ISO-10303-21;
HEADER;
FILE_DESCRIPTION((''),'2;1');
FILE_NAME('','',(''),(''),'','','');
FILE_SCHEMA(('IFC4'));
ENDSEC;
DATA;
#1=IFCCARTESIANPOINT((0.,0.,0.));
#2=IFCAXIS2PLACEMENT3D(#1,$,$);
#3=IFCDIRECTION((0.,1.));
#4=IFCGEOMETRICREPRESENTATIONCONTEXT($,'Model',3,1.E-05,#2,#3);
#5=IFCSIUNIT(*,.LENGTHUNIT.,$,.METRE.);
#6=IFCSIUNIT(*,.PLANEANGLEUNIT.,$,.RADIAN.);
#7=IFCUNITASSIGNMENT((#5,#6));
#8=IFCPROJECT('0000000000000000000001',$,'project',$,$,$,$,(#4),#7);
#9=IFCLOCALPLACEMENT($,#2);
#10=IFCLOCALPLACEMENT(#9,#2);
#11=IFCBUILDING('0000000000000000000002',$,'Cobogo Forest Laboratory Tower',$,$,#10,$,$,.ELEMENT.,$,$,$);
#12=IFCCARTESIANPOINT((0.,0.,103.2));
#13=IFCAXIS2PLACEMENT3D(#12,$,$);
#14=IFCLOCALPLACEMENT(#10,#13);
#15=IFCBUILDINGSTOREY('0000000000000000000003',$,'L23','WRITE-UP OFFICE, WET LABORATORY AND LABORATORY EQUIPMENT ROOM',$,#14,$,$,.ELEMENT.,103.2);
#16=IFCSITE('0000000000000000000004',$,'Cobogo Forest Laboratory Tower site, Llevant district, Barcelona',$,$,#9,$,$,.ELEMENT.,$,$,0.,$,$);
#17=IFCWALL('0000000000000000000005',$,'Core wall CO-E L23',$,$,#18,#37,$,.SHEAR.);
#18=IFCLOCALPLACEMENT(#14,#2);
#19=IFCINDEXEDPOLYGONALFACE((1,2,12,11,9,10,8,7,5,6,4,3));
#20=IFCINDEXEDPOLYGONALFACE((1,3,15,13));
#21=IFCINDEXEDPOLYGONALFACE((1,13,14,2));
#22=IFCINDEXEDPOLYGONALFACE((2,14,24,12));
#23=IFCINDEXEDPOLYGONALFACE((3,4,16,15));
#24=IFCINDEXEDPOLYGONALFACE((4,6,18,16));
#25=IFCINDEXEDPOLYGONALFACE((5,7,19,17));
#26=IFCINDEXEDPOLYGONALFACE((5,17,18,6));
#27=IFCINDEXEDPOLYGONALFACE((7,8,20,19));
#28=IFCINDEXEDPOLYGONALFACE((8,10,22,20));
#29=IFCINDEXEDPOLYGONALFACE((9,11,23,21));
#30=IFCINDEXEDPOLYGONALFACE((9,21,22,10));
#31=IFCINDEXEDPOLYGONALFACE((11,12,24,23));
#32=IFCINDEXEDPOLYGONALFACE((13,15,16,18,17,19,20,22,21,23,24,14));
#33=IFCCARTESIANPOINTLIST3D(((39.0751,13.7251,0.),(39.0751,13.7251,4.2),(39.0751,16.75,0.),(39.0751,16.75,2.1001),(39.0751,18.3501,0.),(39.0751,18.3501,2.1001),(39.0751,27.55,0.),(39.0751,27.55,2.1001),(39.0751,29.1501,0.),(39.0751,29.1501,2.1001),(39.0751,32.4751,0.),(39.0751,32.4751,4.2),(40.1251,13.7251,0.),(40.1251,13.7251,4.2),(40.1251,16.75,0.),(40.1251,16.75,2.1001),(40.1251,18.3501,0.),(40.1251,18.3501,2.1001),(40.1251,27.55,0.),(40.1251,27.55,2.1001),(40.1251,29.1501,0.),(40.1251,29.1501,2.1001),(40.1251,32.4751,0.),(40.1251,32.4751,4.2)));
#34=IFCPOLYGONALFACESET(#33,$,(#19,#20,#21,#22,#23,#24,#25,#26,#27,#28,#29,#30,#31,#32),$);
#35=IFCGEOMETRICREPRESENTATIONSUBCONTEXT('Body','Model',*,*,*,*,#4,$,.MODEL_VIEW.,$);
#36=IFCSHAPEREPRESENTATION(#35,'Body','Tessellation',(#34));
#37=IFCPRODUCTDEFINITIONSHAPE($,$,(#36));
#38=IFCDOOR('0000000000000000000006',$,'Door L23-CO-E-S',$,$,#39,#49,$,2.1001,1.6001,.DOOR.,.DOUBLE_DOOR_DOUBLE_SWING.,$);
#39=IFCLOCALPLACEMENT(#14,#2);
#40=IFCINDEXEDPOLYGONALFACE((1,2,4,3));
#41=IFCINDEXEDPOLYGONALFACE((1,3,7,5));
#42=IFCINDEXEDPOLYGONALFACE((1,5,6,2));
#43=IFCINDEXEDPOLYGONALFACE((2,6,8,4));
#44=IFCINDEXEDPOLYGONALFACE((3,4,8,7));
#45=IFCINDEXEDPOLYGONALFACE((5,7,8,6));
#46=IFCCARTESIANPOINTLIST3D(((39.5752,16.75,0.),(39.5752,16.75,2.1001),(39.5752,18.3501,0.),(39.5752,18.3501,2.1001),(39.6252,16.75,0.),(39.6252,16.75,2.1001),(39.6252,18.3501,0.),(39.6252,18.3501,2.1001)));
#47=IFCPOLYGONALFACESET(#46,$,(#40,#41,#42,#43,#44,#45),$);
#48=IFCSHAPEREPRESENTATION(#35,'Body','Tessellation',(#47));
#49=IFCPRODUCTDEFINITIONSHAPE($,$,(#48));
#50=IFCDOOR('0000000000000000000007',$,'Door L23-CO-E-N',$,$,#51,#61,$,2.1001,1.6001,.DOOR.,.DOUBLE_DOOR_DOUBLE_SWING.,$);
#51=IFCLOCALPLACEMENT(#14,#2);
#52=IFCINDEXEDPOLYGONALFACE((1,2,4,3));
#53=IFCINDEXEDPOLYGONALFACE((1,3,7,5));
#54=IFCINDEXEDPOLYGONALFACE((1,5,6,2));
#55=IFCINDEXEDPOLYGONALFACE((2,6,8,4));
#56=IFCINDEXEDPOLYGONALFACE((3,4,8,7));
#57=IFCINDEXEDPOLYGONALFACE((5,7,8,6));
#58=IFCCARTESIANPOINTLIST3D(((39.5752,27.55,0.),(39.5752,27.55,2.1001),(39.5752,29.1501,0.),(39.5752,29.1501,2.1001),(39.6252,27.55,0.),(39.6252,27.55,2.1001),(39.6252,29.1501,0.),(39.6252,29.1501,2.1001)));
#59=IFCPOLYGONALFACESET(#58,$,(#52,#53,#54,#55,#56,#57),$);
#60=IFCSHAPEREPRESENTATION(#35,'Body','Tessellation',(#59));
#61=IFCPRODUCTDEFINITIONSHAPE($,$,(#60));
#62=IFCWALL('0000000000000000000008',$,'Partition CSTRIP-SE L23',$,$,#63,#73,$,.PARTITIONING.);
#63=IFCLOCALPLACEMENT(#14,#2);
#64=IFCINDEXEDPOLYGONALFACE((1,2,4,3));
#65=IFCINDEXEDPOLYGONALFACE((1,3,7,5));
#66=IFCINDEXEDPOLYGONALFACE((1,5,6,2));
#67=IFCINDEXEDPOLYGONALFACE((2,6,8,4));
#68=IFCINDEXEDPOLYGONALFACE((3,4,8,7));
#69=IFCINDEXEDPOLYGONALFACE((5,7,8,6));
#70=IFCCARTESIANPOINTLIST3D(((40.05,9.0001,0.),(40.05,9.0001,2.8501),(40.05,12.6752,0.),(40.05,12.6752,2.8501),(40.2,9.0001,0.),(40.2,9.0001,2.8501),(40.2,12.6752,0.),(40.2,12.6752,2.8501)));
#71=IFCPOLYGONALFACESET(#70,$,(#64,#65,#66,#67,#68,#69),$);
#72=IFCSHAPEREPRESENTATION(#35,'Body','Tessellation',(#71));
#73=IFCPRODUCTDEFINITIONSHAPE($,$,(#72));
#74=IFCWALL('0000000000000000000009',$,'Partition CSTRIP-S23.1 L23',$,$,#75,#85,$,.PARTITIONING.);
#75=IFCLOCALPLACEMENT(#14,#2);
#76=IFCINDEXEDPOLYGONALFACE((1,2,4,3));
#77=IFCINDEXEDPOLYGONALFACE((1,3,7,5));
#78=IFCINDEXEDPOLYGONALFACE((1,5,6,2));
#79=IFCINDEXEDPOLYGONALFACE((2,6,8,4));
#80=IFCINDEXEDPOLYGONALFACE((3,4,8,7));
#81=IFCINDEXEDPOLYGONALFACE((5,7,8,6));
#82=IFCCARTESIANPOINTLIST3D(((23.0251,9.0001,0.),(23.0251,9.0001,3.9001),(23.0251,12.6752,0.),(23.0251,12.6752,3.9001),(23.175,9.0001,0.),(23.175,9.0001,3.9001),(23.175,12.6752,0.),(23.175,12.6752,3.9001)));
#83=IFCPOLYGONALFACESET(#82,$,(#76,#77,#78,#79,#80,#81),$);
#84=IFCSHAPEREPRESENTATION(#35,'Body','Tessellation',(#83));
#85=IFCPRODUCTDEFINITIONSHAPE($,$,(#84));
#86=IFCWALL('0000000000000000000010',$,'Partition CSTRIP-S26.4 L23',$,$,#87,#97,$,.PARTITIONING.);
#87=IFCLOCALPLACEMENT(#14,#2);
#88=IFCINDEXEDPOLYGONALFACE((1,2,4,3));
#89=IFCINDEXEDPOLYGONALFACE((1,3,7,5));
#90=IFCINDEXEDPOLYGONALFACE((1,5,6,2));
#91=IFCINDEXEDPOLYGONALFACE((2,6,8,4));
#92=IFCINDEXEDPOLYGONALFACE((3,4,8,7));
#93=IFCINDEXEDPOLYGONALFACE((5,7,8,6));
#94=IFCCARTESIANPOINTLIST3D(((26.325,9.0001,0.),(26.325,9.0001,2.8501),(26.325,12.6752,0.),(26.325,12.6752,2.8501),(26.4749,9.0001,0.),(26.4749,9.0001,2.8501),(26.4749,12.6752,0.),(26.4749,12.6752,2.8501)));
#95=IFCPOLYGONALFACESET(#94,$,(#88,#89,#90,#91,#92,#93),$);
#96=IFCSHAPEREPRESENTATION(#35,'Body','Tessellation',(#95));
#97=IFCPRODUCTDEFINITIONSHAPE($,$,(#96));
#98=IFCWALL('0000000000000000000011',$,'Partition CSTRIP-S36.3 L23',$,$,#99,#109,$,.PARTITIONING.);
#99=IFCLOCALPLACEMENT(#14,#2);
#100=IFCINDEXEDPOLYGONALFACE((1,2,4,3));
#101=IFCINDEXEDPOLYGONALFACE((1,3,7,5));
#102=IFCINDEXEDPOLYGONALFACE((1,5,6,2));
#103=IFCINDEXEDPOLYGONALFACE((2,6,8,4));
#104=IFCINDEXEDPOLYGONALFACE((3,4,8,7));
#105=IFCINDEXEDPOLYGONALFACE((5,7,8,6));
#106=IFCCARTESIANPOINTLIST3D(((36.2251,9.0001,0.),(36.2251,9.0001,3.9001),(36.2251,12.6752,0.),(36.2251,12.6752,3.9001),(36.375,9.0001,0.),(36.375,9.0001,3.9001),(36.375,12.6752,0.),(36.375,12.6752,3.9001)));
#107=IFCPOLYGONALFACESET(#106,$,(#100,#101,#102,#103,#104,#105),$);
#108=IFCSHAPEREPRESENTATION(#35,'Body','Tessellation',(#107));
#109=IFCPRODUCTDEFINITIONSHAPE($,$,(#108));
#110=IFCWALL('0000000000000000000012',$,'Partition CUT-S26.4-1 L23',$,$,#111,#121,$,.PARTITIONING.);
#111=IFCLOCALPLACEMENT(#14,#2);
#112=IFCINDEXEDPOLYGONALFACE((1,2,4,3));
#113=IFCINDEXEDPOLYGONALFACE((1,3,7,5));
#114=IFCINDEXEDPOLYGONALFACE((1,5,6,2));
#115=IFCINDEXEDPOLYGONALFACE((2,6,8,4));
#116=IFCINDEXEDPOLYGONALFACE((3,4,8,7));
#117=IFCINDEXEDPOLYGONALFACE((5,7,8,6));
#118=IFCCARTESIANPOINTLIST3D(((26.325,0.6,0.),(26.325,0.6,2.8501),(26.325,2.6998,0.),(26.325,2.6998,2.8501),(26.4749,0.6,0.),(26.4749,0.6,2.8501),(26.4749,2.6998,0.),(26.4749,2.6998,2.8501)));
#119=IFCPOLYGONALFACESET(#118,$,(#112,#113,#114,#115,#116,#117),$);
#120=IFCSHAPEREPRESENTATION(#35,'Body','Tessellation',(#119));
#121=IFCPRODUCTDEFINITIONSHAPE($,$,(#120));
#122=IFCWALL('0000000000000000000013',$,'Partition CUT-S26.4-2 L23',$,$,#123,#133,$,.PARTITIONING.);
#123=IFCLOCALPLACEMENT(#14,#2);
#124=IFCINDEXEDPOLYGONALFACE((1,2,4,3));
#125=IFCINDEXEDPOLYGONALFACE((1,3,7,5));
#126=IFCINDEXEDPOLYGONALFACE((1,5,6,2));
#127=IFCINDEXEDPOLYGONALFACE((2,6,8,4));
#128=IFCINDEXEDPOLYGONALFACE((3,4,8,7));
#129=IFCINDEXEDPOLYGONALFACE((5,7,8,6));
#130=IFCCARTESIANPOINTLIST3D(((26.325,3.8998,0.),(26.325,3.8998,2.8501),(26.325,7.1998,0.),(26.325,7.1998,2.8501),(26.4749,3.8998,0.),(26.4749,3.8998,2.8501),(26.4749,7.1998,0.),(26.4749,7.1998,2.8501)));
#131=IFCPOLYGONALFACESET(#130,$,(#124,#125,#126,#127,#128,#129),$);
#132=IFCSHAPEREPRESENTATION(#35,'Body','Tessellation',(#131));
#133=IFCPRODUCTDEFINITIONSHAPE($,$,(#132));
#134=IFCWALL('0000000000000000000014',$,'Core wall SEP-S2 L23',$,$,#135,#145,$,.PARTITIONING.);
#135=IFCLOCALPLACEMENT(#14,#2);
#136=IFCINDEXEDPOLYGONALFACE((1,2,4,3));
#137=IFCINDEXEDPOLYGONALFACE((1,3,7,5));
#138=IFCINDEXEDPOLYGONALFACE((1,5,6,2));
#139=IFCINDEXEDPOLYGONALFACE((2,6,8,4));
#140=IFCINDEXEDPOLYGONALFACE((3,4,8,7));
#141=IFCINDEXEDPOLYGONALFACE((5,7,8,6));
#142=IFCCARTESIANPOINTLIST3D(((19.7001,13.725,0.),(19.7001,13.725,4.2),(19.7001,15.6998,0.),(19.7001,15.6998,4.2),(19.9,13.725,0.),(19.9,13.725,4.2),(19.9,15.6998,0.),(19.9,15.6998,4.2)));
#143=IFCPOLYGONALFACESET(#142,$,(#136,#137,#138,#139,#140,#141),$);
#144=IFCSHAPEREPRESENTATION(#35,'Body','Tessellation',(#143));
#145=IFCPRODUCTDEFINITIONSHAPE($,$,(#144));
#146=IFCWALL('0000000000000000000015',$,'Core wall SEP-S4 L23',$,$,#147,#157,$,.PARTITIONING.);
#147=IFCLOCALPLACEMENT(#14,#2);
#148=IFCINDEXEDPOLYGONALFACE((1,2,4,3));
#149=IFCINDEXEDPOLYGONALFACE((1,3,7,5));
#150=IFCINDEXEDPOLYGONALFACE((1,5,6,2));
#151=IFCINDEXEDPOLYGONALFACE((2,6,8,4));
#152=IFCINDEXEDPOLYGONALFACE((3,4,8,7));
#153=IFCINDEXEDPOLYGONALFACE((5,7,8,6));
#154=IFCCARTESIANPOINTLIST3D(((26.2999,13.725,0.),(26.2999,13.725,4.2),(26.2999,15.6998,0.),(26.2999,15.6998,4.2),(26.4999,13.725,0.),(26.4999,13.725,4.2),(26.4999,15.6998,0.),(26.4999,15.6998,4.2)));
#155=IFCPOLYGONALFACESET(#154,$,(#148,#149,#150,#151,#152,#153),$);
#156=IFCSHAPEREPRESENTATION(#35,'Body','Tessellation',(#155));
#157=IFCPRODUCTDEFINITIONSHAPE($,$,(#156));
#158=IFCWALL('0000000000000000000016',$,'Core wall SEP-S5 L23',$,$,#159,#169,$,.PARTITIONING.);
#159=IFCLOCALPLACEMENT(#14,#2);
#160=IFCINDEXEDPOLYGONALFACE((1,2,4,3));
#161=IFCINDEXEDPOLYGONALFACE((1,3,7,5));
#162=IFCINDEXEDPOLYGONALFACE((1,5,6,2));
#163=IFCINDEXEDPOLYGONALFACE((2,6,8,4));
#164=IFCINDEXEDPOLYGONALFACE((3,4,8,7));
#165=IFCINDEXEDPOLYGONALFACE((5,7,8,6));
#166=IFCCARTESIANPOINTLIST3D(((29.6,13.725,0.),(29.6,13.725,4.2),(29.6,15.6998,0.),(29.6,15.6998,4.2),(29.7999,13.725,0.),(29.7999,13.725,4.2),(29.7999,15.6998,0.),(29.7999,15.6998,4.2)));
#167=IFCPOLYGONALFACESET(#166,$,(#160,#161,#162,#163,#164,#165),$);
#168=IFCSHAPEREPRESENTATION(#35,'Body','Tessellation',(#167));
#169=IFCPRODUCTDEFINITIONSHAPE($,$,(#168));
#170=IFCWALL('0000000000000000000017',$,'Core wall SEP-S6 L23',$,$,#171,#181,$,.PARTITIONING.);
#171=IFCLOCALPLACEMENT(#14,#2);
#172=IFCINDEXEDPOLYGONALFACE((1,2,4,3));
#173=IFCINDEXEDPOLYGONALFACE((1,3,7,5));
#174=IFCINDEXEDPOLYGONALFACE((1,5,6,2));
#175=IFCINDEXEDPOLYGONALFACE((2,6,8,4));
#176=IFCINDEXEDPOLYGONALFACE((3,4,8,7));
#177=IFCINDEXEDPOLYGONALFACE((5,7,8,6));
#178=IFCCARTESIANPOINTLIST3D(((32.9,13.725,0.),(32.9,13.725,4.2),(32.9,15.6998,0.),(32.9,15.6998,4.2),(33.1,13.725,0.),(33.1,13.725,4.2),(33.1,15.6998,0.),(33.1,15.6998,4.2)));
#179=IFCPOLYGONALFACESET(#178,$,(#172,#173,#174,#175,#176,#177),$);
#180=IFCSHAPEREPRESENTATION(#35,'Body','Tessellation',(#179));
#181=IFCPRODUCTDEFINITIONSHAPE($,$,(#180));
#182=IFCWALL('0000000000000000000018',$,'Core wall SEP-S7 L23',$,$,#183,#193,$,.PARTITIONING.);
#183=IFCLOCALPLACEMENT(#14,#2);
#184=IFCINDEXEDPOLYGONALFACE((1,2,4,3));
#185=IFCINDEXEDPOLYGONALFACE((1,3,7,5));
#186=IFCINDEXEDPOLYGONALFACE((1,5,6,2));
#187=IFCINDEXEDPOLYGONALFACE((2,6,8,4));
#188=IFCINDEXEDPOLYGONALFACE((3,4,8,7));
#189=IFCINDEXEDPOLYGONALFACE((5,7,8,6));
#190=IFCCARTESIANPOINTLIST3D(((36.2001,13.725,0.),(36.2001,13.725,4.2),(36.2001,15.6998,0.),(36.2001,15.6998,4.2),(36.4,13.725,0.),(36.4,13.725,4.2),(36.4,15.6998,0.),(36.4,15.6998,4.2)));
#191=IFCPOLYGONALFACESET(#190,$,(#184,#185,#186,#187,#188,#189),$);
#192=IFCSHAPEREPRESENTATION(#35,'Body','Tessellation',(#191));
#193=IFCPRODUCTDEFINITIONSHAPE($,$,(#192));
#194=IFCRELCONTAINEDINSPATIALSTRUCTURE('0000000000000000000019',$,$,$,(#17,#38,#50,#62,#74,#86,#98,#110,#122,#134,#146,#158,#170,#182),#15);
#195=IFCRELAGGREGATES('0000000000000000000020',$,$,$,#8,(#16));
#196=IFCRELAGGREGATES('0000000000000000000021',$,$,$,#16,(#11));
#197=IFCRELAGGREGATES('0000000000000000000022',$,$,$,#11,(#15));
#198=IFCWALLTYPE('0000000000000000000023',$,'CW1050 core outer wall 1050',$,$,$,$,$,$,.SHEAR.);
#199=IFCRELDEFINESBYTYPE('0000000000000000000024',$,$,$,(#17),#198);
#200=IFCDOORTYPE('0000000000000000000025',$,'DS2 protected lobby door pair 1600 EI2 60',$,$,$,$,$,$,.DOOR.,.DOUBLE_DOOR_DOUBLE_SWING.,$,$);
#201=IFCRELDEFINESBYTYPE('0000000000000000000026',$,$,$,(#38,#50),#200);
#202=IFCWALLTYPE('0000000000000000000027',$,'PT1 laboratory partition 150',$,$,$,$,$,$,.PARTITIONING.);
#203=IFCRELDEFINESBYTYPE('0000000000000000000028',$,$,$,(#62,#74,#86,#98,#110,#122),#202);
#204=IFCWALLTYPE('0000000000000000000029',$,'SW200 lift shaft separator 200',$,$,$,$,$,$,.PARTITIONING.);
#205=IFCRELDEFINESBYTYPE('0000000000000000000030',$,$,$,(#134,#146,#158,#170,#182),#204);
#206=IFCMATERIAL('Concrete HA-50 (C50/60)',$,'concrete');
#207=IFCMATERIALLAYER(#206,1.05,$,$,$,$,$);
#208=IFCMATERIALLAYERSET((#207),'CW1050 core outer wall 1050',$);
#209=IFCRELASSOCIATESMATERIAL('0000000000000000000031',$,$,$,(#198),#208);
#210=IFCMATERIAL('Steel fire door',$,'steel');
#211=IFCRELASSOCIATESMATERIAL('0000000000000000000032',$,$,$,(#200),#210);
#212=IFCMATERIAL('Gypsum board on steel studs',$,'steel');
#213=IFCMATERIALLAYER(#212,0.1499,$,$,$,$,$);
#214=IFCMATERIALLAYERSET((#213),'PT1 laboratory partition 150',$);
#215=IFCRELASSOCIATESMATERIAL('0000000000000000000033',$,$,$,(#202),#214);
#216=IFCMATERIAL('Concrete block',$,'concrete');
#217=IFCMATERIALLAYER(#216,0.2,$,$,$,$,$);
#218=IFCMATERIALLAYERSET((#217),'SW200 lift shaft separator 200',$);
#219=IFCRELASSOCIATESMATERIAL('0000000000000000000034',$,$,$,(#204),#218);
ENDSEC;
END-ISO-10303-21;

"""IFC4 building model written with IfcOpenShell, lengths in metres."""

from ifc_helpers import new_model, si_unit, direction, frame, frame_2d, origin, place, context, subcontext, project, spatial, rectangle, extrude, material, layer, layer_set, type_object, element, fill, save


model = new_model("IFC4")

# Units and contexts
model_context = context("Model", 3, precision=1e-05, world=origin(), true_north=direction((0.0, 1.0)))
body_context = subcontext(model_context, "Body", "Model", "MODEL_VIEW")
ifc_project = project(units=[si_unit("LENGTHUNIT", "METRE"), si_unit("PLANEANGLEUNIT", "RADIAN")], contexts=[model_context])

# Site, building, storey
site_placement = place(None, origin())
site = spatial("IfcSite", under=ifc_project, at=site_placement, Name="Cobogo Forest Laboratory Tower site, Llevant district, Barcelona", CompositionType="ELEMENT", RefElevation=0.0)
building_placement = place(site_placement, origin())
building = spatial("IfcBuilding", under=site, at=building_placement, Name="Cobogo Forest Laboratory Tower", CompositionType="ELEMENT")
storey_placement = place(building_placement, frame((0.0, 0.0, 103.2)))
storey = spatial("IfcBuildingStorey", under=building, at=storey_placement, Name="L23", Description="WRITE-UP OFFICE, WET LABORATORY AND LABORATORY EQUIPMENT ROOM", CompositionType="ELEMENT", Elevation=103.2)

# Shared definitions
ifc_material_1 = material(Name="Concrete HA-50 (C50/60)", Category="concrete")

# Wall, openings, doors
ifc_layer_1 = layer(ifc_material_1, 1.05)
ifc_layer_set_1 = layer_set([ifc_layer_1], Name="CW1050 core outer wall 1050")
wall_type_1 = type_object("IfcWallType", Name="CW1050 core outer wall 1050", PredefinedType="SHEAR", material=ifc_layer_set_1)
wall_1_placement = place(storey_placement, frame((39.6001, 13.7251, 0.0), z_axis=(0.0, 0.0, 1.0), x_axis=(0.0, 1.0, 0.0)))
wall_1 = element("IfcWall", 1, at=wall_1_placement, inside=storey, type_object=wall_type_1, Name="Core wall CO-E L23", PredefinedType="SHEAR", context=body_context, shape_type="SweptSolid", body=[
    extrude(rectangle(XDim=18.75, YDim=1.05, at=frame_2d((9.375, 0.0))), origin(), (0.0, 0.0, 1.0), 4.2),
])
opening_1_placement = place(wall_1_placement, frame((3.0249, 0.0, 0.0)))
opening_1 = element("IfcOpeningElement", 2, at=opening_1_placement, cuts=wall_1, PredefinedType="OPENING", context=body_context, shape_type="SweptSolid", body=[
    extrude(rectangle(XDim=1.6001, YDim=2.1001, at=frame_2d((0.8, 1.05))), frame((0.0, 0.5349, 0.0), z_axis=(0.0, -1.0, 0.0), x_axis=(1.0, 0.0, 0.0)), (0.0, 0.0, 1.0), 1.0701),
])
opening_2_placement = place(wall_1_placement, frame((13.825, 0.0, 0.0)))
opening_2 = element("IfcOpeningElement", 3, at=opening_2_placement, cuts=wall_1, PredefinedType="OPENING", context=body_context, shape_type="SweptSolid", body=[
    extrude(rectangle(XDim=1.6001, YDim=2.1001, at=frame_2d((0.8, 1.05))), frame((0.0, 0.5349, 0.0), z_axis=(0.0, -1.0, 0.0), x_axis=(1.0, 0.0, 0.0)), (0.0, 0.0, 1.0), 1.0701),
])
ifc_material_2 = material(Name="Steel fire door", Category="steel")
door_type = type_object("IfcDoorType", Name="DS2 protected lobby door pair 1600 EI2 60", OperationType="DOUBLE_DOOR_DOUBLE_SWING", PredefinedType="DOOR", material=ifc_material_2)
door_1_placement = place(opening_1_placement, origin())
door_1 = element("IfcDoor", 4, at=door_1_placement, inside=storey, type_object=door_type, Name="Door L23-CO-E-S", OperationType="DOUBLE_DOOR_DOUBLE_SWING", OverallHeight=2.1001, OverallWidth=1.6001, PredefinedType="DOOR", context=body_context, shape_type="SweptSolid", body=[
    extrude(rectangle(XDim=1.6001, YDim=2.1001, at=frame_2d((0.8, 1.05))), frame((0.0, 0.0249, 0.0), z_axis=(0.0, -1.0, 0.0), x_axis=(1.0, 0.0, 0.0)), (0.0, 0.0, 1.0), 0.05),
])
fill(opening_1, door_1)
door_2_placement = place(opening_2_placement, origin())
door_2 = element("IfcDoor", 5, at=door_2_placement, inside=storey, type_object=door_type, Name="Door L23-CO-E-N", OperationType="DOUBLE_DOOR_DOUBLE_SWING", OverallHeight=2.1001, OverallWidth=1.6001, PredefinedType="DOOR", context=body_context, shape_type="SweptSolid", body=[
    extrude(rectangle(XDim=1.6001, YDim=2.1001, at=frame_2d((0.8, 1.05))), frame((0.0, 0.0249, 0.0), z_axis=(0.0, -1.0, 0.0), x_axis=(1.0, 0.0, 0.0)), (0.0, 0.0, 1.0), 0.05),
])
fill(opening_2, door_2)

# Walls
ifc_material_3 = material(Name="Gypsum board on steel studs", Category="steel")
ifc_layer_2 = layer(ifc_material_3, 0.1499)
ifc_layer_set_2 = layer_set([ifc_layer_2], Name="PT1 laboratory partition 150")
wall_type_2 = type_object("IfcWallType", Name="PT1 laboratory partition 150", PredefinedType="PARTITIONING", material=ifc_layer_set_2)
wall_2_placement = place(storey_placement, frame((40.125, 12.675, 0.0), z_axis=(0.0, 0.0, 1.0), x_axis=(0.0, -1.0, 0.0)))
element("IfcWall", 6, at=wall_2_placement, inside=storey, type_object=wall_type_2, Name="Partition CSTRIP-SE L23", PredefinedType="PARTITIONING", context=body_context, shape_type="SweptSolid", body=[
    extrude(rectangle(XDim=3.675, YDim=0.1499, at=frame_2d((1.8374, 0.0))), origin(), (0.0, 0.0, 1.0), 2.8501),
])
wall_3_placement = place(storey_placement, frame((23.1001, 12.675, 0.0), z_axis=(0.0, 0.0, 1.0), x_axis=(0.0, -1.0, 0.0)))
element("IfcWall", 7, at=wall_3_placement, inside=storey, type_object=wall_type_2, Name="Partition CSTRIP-S23.1 L23", PredefinedType="PARTITIONING", context=body_context, shape_type="SweptSolid", body=[
    extrude(rectangle(XDim=3.675, YDim=0.1499, at=frame_2d((1.8374, 0.0))), origin(), (0.0, 0.0, 1.0), 3.9001),
])
wall_4_placement = place(storey_placement, frame((26.3999, 12.675, 0.0), z_axis=(0.0, 0.0, 1.0), x_axis=(0.0, -1.0, 0.0)))
element("IfcWall", 8, at=wall_4_placement, inside=storey, type_object=wall_type_2, Name="Partition CSTRIP-S26.4 L23", PredefinedType="PARTITIONING", context=body_context, shape_type="SweptSolid", body=[
    extrude(rectangle(XDim=3.675, YDim=0.1499, at=frame_2d((1.8374, 0.0))), origin(), (0.0, 0.0, 1.0), 2.8501),
])
wall_5_placement = place(storey_placement, frame((36.3, 12.675, 0.0), z_axis=(0.0, 0.0, 1.0), x_axis=(0.0, -1.0, 0.0)))
element("IfcWall", 9, at=wall_5_placement, inside=storey, type_object=wall_type_2, Name="Partition CSTRIP-S36.3 L23", PredefinedType="PARTITIONING", context=body_context, shape_type="SweptSolid", body=[
    extrude(rectangle(XDim=3.675, YDim=0.1499, at=frame_2d((1.8374, 0.0))), origin(), (0.0, 0.0, 1.0), 3.9001),
])
wall_6_placement = place(storey_placement, frame((26.3999, 0.6001, 0.0), z_axis=(0.0, 0.0, 1.0), x_axis=(0.0, 1.0, 0.0)))
element("IfcWall", 10, at=wall_6_placement, inside=storey, type_object=wall_type_2, Name="Partition CUT-S26.4-1 L23", PredefinedType="PARTITIONING", context=body_context, shape_type="SweptSolid", body=[
    extrude(rectangle(XDim=2.0999, YDim=0.1499, at=frame_2d((1.0498, 0.0))), origin(), (0.0, 0.0, 1.0), 2.8501),
])
wall_7_placement = place(storey_placement, frame((26.3999, 3.8999, 0.0), z_axis=(0.0, 0.0, 1.0), x_axis=(0.0, 1.0, 0.0)))
element("IfcWall", 11, at=wall_7_placement, inside=storey, type_object=wall_type_2, Name="Partition CUT-S26.4-2 L23", PredefinedType="PARTITIONING", context=body_context, shape_type="SweptSolid", body=[
    extrude(rectangle(XDim=3.3, YDim=0.1499, at=frame_2d((1.6499, 0.0))), origin(), (0.0, 0.0, 1.0), 2.8501),
])
ifc_material_4 = material(Name="Concrete block", Category="concrete")
ifc_layer_3 = layer(ifc_material_4, 0.2)
ifc_layer_set_3 = layer_set([ifc_layer_3], Name="SW200 lift shaft separator 200")
wall_type_3 = type_object("IfcWallType", Name="SW200 lift shaft separator 200", PredefinedType="PARTITIONING", material=ifc_layer_set_3)
for number, where, z_axis, x_axis, name in (
    (12, (19.8, 13.7251, 0.0), (0.0, 0.0, 1.0), (0.0, 1.0, 0.0), "Core wall SEP-S2 L23"),
    (13, (26.3999, 13.7251, 0.0), (0.0, 0.0, 1.0), (0.0, 1.0, 0.0), "Core wall SEP-S4 L23"),
    (14, (29.7, 13.7251, 0.0), (0.0, 0.0, 1.0), (0.0, 1.0, 0.0), "Core wall SEP-S5 L23"),
    (15, (33.0, 13.7251, 0.0), (0.0, 0.0, 1.0), (0.0, 1.0, 0.0), "Core wall SEP-S6 L23"),
    (16, (36.3, 13.7251, 0.0), (0.0, 0.0, 1.0), (0.0, 1.0, 0.0), "Core wall SEP-S7 L23"),
):
    element("IfcWall", number, at=place(storey_placement, frame(where, z_axis=z_axis, x_axis=x_axis)), inside=storey, type_object=wall_type_3, Name=name, PredefinedType="PARTITIONING", context=body_context, shape_type="SweptSolid", body=[
        extrude(rectangle(XDim=1.9749, YDim=0.2, at=frame_2d((0.9873, 0.0))), origin(), (0.0, 0.0, 1.0), 4.2),
    ])

save(model, "model.ifc")
